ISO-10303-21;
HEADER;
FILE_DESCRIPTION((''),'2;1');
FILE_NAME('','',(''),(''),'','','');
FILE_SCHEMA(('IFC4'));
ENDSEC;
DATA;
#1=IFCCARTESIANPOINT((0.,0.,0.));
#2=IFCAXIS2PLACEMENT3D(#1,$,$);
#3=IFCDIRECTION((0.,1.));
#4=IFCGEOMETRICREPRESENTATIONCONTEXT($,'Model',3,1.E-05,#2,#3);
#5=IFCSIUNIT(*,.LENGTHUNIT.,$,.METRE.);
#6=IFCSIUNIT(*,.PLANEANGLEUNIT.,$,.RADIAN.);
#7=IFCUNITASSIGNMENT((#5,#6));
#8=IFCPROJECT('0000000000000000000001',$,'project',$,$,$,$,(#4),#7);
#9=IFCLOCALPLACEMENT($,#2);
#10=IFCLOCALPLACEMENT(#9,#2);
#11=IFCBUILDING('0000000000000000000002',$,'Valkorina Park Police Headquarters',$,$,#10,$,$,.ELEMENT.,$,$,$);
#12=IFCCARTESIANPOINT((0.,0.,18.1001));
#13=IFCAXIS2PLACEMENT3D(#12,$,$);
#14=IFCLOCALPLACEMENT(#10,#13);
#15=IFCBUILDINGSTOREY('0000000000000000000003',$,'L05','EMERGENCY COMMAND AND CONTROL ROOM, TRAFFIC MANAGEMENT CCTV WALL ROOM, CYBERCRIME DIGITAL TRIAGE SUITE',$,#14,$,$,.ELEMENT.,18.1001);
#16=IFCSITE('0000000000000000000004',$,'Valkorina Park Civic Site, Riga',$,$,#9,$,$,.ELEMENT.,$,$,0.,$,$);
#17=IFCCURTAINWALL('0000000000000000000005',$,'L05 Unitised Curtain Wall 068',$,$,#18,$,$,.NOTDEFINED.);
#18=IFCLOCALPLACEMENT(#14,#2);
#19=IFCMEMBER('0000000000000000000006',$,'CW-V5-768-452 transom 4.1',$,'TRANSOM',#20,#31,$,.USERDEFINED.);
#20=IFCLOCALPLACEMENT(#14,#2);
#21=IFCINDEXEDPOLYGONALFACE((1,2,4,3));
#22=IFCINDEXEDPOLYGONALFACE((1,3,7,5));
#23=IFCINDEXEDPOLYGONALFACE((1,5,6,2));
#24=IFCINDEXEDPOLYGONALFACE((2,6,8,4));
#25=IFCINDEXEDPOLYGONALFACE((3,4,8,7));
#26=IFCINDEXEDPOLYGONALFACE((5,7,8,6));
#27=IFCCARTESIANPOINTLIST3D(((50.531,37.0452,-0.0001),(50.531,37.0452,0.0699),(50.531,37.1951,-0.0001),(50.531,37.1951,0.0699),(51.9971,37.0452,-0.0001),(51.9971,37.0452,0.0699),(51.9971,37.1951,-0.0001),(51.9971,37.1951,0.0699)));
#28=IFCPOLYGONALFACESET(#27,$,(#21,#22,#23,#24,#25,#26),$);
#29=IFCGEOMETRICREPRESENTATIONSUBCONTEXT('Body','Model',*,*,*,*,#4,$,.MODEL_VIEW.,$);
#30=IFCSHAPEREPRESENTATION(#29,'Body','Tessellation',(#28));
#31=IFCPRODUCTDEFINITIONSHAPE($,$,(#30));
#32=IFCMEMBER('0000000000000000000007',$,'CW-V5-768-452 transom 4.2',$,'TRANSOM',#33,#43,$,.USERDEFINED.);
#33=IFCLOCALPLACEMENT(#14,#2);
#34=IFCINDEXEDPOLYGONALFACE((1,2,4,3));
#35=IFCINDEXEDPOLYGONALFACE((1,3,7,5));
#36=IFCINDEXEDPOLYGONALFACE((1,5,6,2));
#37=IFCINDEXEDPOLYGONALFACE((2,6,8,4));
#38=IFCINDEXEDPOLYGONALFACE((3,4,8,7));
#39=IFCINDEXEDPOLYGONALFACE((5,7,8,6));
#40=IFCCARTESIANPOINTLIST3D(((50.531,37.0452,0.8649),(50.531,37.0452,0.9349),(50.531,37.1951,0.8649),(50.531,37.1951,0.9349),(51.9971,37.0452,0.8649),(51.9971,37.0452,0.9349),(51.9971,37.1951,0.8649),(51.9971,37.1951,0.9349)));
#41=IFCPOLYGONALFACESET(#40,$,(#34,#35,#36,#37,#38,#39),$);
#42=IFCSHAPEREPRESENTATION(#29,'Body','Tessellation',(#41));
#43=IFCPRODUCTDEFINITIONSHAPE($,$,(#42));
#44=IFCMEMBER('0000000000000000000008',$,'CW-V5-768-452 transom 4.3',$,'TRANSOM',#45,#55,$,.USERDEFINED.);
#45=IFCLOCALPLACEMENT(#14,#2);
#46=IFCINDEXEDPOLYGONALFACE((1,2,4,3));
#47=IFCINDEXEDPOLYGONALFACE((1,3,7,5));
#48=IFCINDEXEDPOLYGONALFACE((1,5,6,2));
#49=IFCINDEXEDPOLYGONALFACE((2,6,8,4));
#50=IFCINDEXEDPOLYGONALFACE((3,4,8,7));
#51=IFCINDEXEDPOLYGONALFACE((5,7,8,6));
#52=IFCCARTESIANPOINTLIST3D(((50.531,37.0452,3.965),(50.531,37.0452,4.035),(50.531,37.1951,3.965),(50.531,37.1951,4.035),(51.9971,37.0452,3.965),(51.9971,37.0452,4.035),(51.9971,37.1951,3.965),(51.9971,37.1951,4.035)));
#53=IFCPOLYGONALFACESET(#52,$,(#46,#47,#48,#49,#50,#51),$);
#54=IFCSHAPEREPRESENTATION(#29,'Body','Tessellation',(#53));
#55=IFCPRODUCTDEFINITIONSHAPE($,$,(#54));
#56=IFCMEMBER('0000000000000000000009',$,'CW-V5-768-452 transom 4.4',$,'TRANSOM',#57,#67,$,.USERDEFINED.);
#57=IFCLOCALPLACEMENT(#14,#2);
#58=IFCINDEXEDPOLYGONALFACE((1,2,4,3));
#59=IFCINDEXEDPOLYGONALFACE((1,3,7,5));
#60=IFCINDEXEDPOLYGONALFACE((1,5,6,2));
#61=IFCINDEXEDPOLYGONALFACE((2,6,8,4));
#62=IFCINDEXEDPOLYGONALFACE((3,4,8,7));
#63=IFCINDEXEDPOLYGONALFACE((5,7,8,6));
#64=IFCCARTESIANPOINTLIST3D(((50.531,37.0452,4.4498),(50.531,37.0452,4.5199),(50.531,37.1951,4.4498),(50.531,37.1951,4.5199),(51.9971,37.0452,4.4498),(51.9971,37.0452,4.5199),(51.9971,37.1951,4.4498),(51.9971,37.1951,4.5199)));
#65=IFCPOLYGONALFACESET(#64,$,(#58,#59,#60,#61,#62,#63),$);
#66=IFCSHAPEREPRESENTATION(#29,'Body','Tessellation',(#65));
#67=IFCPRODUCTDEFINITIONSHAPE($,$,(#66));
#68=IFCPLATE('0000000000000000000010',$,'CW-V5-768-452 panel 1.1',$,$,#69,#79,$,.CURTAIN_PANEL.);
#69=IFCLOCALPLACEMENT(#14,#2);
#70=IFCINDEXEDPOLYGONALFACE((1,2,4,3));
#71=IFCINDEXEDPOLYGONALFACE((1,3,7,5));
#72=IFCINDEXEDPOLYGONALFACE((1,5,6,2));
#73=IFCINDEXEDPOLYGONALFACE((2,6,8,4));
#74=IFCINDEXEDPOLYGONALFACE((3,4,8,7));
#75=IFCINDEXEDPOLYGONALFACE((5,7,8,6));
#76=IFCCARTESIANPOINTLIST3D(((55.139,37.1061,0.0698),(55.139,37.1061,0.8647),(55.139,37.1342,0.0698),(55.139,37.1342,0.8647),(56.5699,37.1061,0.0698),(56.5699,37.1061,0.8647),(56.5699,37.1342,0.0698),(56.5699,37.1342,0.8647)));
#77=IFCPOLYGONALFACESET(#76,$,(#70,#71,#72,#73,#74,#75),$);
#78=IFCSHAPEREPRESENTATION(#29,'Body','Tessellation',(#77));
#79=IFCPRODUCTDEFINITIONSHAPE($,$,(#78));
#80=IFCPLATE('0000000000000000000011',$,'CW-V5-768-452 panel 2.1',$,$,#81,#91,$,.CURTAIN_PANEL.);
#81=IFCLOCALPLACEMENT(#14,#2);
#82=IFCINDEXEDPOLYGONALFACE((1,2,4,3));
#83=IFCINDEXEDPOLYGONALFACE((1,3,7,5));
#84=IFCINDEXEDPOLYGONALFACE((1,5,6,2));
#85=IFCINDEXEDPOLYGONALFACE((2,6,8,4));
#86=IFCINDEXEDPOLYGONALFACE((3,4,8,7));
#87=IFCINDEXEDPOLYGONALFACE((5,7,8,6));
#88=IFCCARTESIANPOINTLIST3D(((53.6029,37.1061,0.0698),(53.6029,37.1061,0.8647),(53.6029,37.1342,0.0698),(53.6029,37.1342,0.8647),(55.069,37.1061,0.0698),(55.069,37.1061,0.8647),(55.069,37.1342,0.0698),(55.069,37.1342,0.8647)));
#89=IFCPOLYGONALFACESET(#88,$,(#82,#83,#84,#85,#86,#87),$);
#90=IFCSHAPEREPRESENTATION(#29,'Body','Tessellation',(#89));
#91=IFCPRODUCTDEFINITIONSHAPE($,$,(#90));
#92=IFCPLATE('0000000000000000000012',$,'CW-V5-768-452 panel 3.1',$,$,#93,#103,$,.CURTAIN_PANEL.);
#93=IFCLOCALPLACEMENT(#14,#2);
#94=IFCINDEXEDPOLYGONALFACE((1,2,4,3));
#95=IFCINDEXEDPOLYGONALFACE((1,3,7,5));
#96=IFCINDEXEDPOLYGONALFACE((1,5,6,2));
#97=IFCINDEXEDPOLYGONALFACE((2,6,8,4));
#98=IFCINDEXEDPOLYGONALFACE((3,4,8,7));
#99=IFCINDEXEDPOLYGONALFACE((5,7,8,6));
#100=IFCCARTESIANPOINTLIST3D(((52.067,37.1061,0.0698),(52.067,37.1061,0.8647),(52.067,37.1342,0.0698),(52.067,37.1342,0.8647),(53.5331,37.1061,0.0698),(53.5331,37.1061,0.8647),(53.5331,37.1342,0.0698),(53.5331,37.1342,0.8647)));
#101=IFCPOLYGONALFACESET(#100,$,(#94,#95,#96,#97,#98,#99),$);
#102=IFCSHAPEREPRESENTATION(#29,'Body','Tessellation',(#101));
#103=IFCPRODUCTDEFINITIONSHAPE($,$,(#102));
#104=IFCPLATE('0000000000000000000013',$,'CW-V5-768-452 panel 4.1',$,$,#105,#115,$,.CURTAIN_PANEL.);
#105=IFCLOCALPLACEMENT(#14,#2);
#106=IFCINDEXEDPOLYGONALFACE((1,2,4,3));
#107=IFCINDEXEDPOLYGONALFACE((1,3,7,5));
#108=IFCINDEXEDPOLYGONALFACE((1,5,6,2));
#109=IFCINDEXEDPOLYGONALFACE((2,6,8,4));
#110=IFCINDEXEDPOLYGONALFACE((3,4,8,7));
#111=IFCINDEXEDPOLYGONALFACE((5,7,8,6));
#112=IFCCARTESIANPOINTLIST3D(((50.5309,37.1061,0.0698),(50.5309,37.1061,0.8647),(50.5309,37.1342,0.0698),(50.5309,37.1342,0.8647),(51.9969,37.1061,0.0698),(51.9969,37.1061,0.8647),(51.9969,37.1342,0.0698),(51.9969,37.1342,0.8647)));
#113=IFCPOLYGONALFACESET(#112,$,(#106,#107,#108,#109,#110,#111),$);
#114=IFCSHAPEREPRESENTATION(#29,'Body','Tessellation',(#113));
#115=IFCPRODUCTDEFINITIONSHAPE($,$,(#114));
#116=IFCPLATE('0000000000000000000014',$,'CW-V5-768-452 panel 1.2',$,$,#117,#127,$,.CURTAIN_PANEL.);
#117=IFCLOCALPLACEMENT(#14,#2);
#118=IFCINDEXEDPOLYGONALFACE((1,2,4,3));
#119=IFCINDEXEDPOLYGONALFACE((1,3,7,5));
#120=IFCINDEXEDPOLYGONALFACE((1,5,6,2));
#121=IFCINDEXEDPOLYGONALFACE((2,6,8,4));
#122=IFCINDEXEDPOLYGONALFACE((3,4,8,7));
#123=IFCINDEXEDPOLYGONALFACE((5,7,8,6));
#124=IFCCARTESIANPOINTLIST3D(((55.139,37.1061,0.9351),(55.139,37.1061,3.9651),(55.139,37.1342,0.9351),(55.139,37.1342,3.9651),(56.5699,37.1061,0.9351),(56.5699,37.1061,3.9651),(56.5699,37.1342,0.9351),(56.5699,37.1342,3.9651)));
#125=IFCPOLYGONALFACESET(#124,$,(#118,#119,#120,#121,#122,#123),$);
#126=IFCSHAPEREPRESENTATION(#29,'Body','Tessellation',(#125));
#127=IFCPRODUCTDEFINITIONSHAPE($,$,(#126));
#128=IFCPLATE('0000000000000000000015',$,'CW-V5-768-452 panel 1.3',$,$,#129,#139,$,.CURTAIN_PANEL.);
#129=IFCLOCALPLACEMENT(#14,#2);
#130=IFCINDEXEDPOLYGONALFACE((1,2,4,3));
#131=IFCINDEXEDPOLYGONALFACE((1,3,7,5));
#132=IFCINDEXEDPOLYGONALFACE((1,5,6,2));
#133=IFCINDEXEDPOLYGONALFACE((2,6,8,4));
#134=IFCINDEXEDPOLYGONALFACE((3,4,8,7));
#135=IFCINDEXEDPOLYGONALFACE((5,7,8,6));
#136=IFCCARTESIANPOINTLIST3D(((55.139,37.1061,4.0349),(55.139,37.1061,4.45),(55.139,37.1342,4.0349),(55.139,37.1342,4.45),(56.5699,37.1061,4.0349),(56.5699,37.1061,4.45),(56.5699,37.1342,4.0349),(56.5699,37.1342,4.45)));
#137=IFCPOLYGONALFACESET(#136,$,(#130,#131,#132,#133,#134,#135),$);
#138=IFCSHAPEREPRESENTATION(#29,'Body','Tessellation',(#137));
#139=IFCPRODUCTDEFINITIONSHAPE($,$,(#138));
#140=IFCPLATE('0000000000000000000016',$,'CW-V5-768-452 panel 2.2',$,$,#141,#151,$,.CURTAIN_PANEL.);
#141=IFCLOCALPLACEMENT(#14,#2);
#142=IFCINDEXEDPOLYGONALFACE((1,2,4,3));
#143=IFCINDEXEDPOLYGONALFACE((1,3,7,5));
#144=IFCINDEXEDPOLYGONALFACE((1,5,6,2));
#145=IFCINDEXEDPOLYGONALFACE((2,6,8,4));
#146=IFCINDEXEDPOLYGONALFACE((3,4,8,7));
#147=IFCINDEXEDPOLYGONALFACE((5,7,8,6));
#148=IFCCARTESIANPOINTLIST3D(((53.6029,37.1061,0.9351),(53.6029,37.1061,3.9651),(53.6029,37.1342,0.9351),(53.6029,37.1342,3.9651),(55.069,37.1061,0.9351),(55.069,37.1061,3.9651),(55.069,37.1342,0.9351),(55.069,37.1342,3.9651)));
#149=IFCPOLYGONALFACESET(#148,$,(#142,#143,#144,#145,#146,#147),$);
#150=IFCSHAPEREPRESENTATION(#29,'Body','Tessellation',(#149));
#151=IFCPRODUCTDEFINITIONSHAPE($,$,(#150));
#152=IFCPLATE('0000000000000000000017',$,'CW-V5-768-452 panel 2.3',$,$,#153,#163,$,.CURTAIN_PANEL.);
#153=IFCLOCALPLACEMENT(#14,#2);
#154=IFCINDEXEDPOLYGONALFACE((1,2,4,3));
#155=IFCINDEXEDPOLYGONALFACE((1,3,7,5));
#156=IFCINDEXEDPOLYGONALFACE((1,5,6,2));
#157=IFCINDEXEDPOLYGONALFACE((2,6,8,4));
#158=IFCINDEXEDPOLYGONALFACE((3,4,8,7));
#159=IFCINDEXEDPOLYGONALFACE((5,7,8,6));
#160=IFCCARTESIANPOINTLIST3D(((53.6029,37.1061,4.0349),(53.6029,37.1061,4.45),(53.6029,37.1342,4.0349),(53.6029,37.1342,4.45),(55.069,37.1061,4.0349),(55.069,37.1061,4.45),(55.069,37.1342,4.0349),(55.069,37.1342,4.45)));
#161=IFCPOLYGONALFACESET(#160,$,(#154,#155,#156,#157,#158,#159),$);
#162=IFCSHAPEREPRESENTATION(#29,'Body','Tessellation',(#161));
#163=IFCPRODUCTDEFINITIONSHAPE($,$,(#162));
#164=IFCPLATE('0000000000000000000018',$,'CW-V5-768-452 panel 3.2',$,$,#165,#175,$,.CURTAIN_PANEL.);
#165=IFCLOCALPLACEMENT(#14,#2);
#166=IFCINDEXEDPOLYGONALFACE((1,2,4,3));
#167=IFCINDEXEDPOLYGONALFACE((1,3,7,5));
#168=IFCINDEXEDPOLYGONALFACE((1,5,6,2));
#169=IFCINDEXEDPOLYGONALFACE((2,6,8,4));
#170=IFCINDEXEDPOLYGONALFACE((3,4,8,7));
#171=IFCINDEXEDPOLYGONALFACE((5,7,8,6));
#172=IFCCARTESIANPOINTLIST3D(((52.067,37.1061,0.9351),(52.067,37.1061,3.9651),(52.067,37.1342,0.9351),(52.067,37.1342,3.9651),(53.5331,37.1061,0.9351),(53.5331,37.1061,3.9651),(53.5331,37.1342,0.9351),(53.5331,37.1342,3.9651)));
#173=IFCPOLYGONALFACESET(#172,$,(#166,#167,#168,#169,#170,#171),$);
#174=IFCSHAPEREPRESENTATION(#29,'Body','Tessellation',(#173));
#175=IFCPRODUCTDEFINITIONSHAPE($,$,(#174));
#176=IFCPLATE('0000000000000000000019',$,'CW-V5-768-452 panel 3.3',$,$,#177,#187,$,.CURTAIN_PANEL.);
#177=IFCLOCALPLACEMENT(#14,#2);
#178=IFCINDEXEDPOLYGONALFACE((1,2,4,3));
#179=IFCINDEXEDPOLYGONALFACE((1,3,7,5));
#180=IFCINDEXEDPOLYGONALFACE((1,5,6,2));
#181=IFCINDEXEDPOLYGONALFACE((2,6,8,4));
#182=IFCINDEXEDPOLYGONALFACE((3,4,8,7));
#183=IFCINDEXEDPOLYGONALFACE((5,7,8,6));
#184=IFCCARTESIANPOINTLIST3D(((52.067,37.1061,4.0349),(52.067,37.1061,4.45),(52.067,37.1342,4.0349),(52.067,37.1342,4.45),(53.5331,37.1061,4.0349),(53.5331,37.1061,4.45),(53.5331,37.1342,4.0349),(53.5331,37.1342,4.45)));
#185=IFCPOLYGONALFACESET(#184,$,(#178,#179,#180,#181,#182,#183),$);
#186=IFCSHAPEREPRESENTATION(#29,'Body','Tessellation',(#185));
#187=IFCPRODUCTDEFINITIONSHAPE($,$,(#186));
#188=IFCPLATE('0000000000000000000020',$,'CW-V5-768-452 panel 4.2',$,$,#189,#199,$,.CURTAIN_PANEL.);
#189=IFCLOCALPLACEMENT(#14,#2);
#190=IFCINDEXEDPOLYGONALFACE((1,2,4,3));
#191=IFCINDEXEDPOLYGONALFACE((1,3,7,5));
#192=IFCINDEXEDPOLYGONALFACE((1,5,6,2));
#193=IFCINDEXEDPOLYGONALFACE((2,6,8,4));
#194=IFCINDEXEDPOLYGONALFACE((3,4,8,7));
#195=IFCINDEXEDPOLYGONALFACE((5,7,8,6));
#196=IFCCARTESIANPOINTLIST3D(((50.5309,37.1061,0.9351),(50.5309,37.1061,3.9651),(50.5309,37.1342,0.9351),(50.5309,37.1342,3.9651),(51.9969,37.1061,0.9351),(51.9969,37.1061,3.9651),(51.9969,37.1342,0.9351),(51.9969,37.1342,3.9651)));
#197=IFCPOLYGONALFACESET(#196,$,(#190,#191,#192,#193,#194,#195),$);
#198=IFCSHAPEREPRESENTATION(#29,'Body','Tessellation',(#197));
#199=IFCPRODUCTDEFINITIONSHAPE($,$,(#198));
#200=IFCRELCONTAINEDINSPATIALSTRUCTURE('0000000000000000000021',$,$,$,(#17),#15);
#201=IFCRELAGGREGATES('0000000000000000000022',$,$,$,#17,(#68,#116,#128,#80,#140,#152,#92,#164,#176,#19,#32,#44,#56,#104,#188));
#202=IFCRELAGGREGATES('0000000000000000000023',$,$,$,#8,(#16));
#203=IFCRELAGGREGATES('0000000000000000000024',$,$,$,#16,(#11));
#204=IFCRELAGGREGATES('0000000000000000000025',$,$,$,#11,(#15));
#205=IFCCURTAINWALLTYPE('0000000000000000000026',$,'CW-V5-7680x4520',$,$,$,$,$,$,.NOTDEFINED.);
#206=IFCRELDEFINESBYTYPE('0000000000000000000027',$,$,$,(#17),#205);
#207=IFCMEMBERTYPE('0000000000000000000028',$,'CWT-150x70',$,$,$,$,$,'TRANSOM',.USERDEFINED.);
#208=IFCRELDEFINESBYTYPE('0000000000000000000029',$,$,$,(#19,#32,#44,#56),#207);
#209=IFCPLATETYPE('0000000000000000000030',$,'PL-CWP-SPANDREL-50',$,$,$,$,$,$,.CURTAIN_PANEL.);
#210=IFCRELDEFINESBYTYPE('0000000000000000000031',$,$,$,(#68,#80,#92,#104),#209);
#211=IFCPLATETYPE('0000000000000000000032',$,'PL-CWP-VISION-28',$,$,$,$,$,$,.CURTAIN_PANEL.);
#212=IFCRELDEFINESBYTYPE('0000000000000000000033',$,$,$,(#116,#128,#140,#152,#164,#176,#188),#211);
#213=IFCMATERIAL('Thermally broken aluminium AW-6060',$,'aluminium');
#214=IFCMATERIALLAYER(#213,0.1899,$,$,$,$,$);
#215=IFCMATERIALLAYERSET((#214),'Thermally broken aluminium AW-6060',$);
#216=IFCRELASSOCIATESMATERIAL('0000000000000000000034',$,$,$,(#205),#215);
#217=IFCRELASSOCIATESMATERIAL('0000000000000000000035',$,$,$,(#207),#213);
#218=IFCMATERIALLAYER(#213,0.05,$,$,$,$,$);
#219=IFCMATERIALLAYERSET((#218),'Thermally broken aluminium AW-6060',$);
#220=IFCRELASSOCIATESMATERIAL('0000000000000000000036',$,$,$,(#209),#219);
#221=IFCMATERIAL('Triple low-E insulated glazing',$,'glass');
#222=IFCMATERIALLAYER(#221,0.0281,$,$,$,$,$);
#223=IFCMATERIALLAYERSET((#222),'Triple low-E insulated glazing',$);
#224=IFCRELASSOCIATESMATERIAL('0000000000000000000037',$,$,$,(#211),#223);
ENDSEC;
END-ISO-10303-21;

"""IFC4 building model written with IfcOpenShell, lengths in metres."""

from ifc_helpers import new_model, si_unit, direction, frame, origin, origin_2d, place, context, subcontext, project, spatial, rectangle, extrude, material, layer, layer_set, material_profile, profile_set, type_object, element, aggregate, save


model = new_model("IFC4")

# Units and contexts
model_context = context("Model", 3, precision=1e-05, world=origin(), true_north=direction((0.0, 1.0)))
body_context = subcontext(model_context, "Body", "Model", "MODEL_VIEW")
ifc_project = project(units=[si_unit("LENGTHUNIT", "METRE"), si_unit("PLANEANGLEUNIT", "RADIAN")], contexts=[model_context])

# Site, building, storey
site_placement = place(None, origin())
site = spatial("IfcSite", under=ifc_project, at=site_placement, Name="Valkorina Park Civic Site, Riga", CompositionType="ELEMENT", RefElevation=0.0)
building_placement = place(site_placement, origin())
building = spatial("IfcBuilding", under=site, at=building_placement, Name="Valkorina Park Police Headquarters", CompositionType="ELEMENT")
storey_placement = place(building_placement, frame((0.0, 0.0, 18.1001)))
storey = spatial("IfcBuildingStorey", under=building, at=storey_placement, Name="L05", Description="EMERGENCY COMMAND AND CONTROL ROOM, TRAFFIC MANAGEMENT CCTV WALL ROOM, CYBERCRIME DIGITAL TRIAGE SUITE", CompositionType="ELEMENT", Elevation=18.1001)

# Curtain wall, members, plates
ifc_material_1 = material(Name="Thermally broken aluminium AW-6060", Category="aluminium")
ifc_layer_1 = layer(ifc_material_1, 0.1899)
ifc_layer_set_1 = layer_set([ifc_layer_1], Name="Thermally broken aluminium AW-6060")
curtain_wall_type = type_object("IfcCurtainWallType", Name="CW-V5-7680x4520", PredefinedType="NOTDEFINED", material=ifc_layer_set_1)
curtain_wall_placement = place(storey_placement, origin())
curtain_wall = element("IfcCurtainWall", 1, at=curtain_wall_placement, inside=storey, type_object=curtain_wall_type, Name="L05 Unitised Curtain Wall 068", PredefinedType="NOTDEFINED")
ifc_material_profile_1 = material_profile(ifc_material_1, rectangle(XDim=0.1499, YDim=0.0701, at=origin_2d()), Name="CWT-02 150x70")
ifc_profile_set_1 = profile_set([ifc_material_profile_1], Name="Thermally broken aluminium AW-6060")
member_type_1 = type_object("IfcMemberType", Name="CWT-150x70", ElementType="TRANSOM", PredefinedType="USERDEFINED", material=ifc_profile_set_1)
member_1_placement = place(storey_placement, frame((51.9971, 37.1201, 0.0349), z_axis=(-1.0, 0.0, 0.0), x_axis=(0.0, -1.0, 0.0)))
member_1 = element("IfcMember", 2, at=member_1_placement, type_object=member_type_1, Name="CW-V5-768-452 transom 4.1", ObjectType="TRANSOM", PredefinedType="USERDEFINED", context=body_context, shape_type="SweptSolid", body=[
    extrude(rectangle(XDim=0.1499, YDim=0.0701, at=origin_2d()), origin(), (0.0, 0.0, 1.0), 1.4661),
])
member_2_placement = place(storey_placement, frame((51.9971, 37.1201, 0.8999), z_axis=(-1.0, 0.0, 0.0), x_axis=(0.0, -1.0, 0.0)))
member_2 = element("IfcMember", 3, at=member_2_placement, type_object=member_type_1, Name="CW-V5-768-452 transom 4.2", ObjectType="TRANSOM", PredefinedType="USERDEFINED", context=body_context, shape_type="SweptSolid", body=[
    extrude(rectangle(XDim=0.1499, YDim=0.0701, at=origin_2d()), origin(), (0.0, 0.0, 1.0), 1.4661),
])
member_3_placement = place(storey_placement, frame((51.9971, 37.1201, 4.0), z_axis=(-1.0, 0.0, 0.0), x_axis=(0.0, -1.0, 0.0)))
member_3 = element("IfcMember", 4, at=member_3_placement, type_object=member_type_1, Name="CW-V5-768-452 transom 4.3", ObjectType="TRANSOM", PredefinedType="USERDEFINED", context=body_context, shape_type="SweptSolid", body=[
    extrude(rectangle(XDim=0.1499, YDim=0.0701, at=origin_2d()), origin(), (0.0, 0.0, 1.0), 1.4661),
])
member_4_placement = place(storey_placement, frame((51.9971, 37.1201, 4.4849), z_axis=(-1.0, 0.0, 0.0), x_axis=(0.0, -1.0, 0.0)))
member_4 = element("IfcMember", 5, at=member_4_placement, type_object=member_type_1, Name="CW-V5-768-452 transom 4.4", ObjectType="TRANSOM", PredefinedType="USERDEFINED", context=body_context, shape_type="SweptSolid", body=[
    extrude(rectangle(XDim=0.1499, YDim=0.0701, at=origin_2d()), origin(), (0.0, 0.0, 1.0), 1.4661),
])
ifc_layer_2 = layer(ifc_material_1, 0.05)
ifc_layer_set_2 = layer_set([ifc_layer_2], Name="Thermally broken aluminium AW-6060")
plate_type_1 = type_object("IfcPlateType", Name="PL-CWP-SPANDREL-50", PredefinedType="CURTAIN_PANEL", material=ifc_layer_set_2)
plate_1_placement = place(storey_placement, frame((55.8545, 37.1201, 0.0698), z_axis=(0.0, 0.0, 1.0), x_axis=(-1.0, 0.0, 0.0)))
plate_1 = element("IfcPlate", 6, at=plate_1_placement, type_object=plate_type_1, Name="CW-V5-768-452 panel 1.1", PredefinedType="CURTAIN_PANEL", context=body_context, shape_type="SweptSolid", body=[
    extrude(rectangle(XDim=1.4309, YDim=0.0281, at=origin_2d()), origin(), (0.0, 0.0, 1.0), 0.7949),
])
plate_2_placement = place(storey_placement, frame((54.3359, 37.1201, 0.0698), z_axis=(0.0, 0.0, 1.0), x_axis=(-1.0, 0.0, 0.0)))
plate_2 = element("IfcPlate", 7, at=plate_2_placement, type_object=plate_type_1, Name="CW-V5-768-452 panel 2.1", PredefinedType="CURTAIN_PANEL", context=body_context, shape_type="SweptSolid", body=[
    extrude(rectangle(XDim=1.4661, YDim=0.0281, at=origin_2d()), origin(), (0.0, 0.0, 1.0), 0.7949),
])
plate_3_placement = place(storey_placement, frame((52.8, 37.1201, 0.0698), z_axis=(0.0, 0.0, 1.0), x_axis=(-1.0, 0.0, 0.0)))
plate_3 = element("IfcPlate", 8, at=plate_3_placement, type_object=plate_type_1, Name="CW-V5-768-452 panel 3.1", PredefinedType="CURTAIN_PANEL", context=body_context, shape_type="SweptSolid", body=[
    extrude(rectangle(XDim=1.4661, YDim=0.0281, at=origin_2d()), origin(), (0.0, 0.0, 1.0), 0.7949),
])
plate_4_placement = place(storey_placement, frame((51.2639, 37.1201, 0.0698), z_axis=(0.0, 0.0, 1.0), x_axis=(-1.0, 0.0, 0.0)))
plate_4 = element("IfcPlate", 9, at=plate_4_placement, type_object=plate_type_1, Name="CW-V5-768-452 panel 4.1", PredefinedType="CURTAIN_PANEL", context=body_context, shape_type="SweptSolid", body=[
    extrude(rectangle(XDim=1.4661, YDim=0.0281, at=origin_2d()), origin(), (0.0, 0.0, 1.0), 0.7949),
])
ifc_material_2 = material(Name="Triple low-E insulated glazing", Category="glass")
ifc_layer_3 = layer(ifc_material_2, 0.0281)
ifc_layer_set_3 = layer_set([ifc_layer_3], Name="Triple low-E insulated glazing")
plate_type_2 = type_object("IfcPlateType", Name="PL-CWP-VISION-28", PredefinedType="CURTAIN_PANEL", material=ifc_layer_set_3)
plate_5_placement = place(storey_placement, frame((55.8545, 37.1201, 0.9351), z_axis=(0.0, 0.0, 1.0), x_axis=(-1.0, 0.0, 0.0)))
plate_5 = element("IfcPlate", 10, at=plate_5_placement, type_object=plate_type_2, Name="CW-V5-768-452 panel 1.2", PredefinedType="CURTAIN_PANEL", context=body_context, shape_type="SweptSolid", body=[
    extrude(rectangle(XDim=1.4309, YDim=0.0281, at=origin_2d()), origin(), (0.0, 0.0, 1.0), 3.03),
])
plate_6_placement = place(storey_placement, frame((55.8545, 37.1201, 4.0349), z_axis=(0.0, 0.0, 1.0), x_axis=(-1.0, 0.0, 0.0)))
plate_6 = element("IfcPlate", 11, at=plate_6_placement, type_object=plate_type_2, Name="CW-V5-768-452 panel 1.3", PredefinedType="CURTAIN_PANEL", context=body_context, shape_type="SweptSolid", body=[
    extrude(rectangle(XDim=1.4309, YDim=0.0281, at=origin_2d()), origin(), (0.0, 0.0, 1.0), 0.415),
])
plate_7_placement = place(storey_placement, frame((54.3359, 37.1201, 0.9351), z_axis=(0.0, 0.0, 1.0), x_axis=(-1.0, 0.0, 0.0)))
plate_7 = element("IfcPlate", 12, at=plate_7_placement, type_object=plate_type_2, Name="CW-V5-768-452 panel 2.2", PredefinedType="CURTAIN_PANEL", context=body_context, shape_type="SweptSolid", body=[
    extrude(rectangle(XDim=1.4661, YDim=0.0281, at=origin_2d()), origin(), (0.0, 0.0, 1.0), 3.03),
])
plate_8_placement = place(storey_placement, frame((54.3359, 37.1201, 4.0349), z_axis=(0.0, 0.0, 1.0), x_axis=(-1.0, 0.0, 0.0)))
plate_8 = element("IfcPlate", 13, at=plate_8_placement, type_object=plate_type_2, Name="CW-V5-768-452 panel 2.3", PredefinedType="CURTAIN_PANEL", context=body_context, shape_type="SweptSolid", body=[
    extrude(rectangle(XDim=1.4661, YDim=0.0281, at=origin_2d()), origin(), (0.0, 0.0, 1.0), 0.415),
])
plate_9_placement = place(storey_placement, frame((52.8, 37.1201, 0.9351), z_axis=(0.0, 0.0, 1.0), x_axis=(-1.0, 0.0, 0.0)))
plate_9 = element("IfcPlate", 14, at=plate_9_placement, type_object=plate_type_2, Name="CW-V5-768-452 panel 3.2", PredefinedType="CURTAIN_PANEL", context=body_context, shape_type="SweptSolid", body=[
    extrude(rectangle(XDim=1.4661, YDim=0.0281, at=origin_2d()), origin(), (0.0, 0.0, 1.0), 3.03),
])
plate_10_placement = place(storey_placement, frame((52.8, 37.1201, 4.0349), z_axis=(0.0, 0.0, 1.0), x_axis=(-1.0, 0.0, 0.0)))
plate_10 = element("IfcPlate", 15, at=plate_10_placement, type_object=plate_type_2, Name="CW-V5-768-452 panel 3.3", PredefinedType="CURTAIN_PANEL", context=body_context, shape_type="SweptSolid", body=[
    extrude(rectangle(XDim=1.4661, YDim=0.0281, at=origin_2d()), origin(), (0.0, 0.0, 1.0), 0.415),
])
plate_11_placement = place(storey_placement, frame((51.2639, 37.1201, 0.9351), z_axis=(0.0, 0.0, 1.0), x_axis=(-1.0, 0.0, 0.0)))
plate_11 = element("IfcPlate", 16, at=plate_11_placement, type_object=plate_type_2, Name="CW-V5-768-452 panel 4.2", PredefinedType="CURTAIN_PANEL", context=body_context, shape_type="SweptSolid", body=[
    extrude(rectangle(XDim=1.4661, YDim=0.0281, at=origin_2d()), origin(), (0.0, 0.0, 1.0), 3.03),
])
aggregate(curtain_wall, [plate_1, plate_5, plate_6, plate_2, plate_7, plate_8, plate_3, plate_9, plate_10, member_1, member_2, member_3, member_4, plate_4, plate_11])

save(model, "model.ifc")
